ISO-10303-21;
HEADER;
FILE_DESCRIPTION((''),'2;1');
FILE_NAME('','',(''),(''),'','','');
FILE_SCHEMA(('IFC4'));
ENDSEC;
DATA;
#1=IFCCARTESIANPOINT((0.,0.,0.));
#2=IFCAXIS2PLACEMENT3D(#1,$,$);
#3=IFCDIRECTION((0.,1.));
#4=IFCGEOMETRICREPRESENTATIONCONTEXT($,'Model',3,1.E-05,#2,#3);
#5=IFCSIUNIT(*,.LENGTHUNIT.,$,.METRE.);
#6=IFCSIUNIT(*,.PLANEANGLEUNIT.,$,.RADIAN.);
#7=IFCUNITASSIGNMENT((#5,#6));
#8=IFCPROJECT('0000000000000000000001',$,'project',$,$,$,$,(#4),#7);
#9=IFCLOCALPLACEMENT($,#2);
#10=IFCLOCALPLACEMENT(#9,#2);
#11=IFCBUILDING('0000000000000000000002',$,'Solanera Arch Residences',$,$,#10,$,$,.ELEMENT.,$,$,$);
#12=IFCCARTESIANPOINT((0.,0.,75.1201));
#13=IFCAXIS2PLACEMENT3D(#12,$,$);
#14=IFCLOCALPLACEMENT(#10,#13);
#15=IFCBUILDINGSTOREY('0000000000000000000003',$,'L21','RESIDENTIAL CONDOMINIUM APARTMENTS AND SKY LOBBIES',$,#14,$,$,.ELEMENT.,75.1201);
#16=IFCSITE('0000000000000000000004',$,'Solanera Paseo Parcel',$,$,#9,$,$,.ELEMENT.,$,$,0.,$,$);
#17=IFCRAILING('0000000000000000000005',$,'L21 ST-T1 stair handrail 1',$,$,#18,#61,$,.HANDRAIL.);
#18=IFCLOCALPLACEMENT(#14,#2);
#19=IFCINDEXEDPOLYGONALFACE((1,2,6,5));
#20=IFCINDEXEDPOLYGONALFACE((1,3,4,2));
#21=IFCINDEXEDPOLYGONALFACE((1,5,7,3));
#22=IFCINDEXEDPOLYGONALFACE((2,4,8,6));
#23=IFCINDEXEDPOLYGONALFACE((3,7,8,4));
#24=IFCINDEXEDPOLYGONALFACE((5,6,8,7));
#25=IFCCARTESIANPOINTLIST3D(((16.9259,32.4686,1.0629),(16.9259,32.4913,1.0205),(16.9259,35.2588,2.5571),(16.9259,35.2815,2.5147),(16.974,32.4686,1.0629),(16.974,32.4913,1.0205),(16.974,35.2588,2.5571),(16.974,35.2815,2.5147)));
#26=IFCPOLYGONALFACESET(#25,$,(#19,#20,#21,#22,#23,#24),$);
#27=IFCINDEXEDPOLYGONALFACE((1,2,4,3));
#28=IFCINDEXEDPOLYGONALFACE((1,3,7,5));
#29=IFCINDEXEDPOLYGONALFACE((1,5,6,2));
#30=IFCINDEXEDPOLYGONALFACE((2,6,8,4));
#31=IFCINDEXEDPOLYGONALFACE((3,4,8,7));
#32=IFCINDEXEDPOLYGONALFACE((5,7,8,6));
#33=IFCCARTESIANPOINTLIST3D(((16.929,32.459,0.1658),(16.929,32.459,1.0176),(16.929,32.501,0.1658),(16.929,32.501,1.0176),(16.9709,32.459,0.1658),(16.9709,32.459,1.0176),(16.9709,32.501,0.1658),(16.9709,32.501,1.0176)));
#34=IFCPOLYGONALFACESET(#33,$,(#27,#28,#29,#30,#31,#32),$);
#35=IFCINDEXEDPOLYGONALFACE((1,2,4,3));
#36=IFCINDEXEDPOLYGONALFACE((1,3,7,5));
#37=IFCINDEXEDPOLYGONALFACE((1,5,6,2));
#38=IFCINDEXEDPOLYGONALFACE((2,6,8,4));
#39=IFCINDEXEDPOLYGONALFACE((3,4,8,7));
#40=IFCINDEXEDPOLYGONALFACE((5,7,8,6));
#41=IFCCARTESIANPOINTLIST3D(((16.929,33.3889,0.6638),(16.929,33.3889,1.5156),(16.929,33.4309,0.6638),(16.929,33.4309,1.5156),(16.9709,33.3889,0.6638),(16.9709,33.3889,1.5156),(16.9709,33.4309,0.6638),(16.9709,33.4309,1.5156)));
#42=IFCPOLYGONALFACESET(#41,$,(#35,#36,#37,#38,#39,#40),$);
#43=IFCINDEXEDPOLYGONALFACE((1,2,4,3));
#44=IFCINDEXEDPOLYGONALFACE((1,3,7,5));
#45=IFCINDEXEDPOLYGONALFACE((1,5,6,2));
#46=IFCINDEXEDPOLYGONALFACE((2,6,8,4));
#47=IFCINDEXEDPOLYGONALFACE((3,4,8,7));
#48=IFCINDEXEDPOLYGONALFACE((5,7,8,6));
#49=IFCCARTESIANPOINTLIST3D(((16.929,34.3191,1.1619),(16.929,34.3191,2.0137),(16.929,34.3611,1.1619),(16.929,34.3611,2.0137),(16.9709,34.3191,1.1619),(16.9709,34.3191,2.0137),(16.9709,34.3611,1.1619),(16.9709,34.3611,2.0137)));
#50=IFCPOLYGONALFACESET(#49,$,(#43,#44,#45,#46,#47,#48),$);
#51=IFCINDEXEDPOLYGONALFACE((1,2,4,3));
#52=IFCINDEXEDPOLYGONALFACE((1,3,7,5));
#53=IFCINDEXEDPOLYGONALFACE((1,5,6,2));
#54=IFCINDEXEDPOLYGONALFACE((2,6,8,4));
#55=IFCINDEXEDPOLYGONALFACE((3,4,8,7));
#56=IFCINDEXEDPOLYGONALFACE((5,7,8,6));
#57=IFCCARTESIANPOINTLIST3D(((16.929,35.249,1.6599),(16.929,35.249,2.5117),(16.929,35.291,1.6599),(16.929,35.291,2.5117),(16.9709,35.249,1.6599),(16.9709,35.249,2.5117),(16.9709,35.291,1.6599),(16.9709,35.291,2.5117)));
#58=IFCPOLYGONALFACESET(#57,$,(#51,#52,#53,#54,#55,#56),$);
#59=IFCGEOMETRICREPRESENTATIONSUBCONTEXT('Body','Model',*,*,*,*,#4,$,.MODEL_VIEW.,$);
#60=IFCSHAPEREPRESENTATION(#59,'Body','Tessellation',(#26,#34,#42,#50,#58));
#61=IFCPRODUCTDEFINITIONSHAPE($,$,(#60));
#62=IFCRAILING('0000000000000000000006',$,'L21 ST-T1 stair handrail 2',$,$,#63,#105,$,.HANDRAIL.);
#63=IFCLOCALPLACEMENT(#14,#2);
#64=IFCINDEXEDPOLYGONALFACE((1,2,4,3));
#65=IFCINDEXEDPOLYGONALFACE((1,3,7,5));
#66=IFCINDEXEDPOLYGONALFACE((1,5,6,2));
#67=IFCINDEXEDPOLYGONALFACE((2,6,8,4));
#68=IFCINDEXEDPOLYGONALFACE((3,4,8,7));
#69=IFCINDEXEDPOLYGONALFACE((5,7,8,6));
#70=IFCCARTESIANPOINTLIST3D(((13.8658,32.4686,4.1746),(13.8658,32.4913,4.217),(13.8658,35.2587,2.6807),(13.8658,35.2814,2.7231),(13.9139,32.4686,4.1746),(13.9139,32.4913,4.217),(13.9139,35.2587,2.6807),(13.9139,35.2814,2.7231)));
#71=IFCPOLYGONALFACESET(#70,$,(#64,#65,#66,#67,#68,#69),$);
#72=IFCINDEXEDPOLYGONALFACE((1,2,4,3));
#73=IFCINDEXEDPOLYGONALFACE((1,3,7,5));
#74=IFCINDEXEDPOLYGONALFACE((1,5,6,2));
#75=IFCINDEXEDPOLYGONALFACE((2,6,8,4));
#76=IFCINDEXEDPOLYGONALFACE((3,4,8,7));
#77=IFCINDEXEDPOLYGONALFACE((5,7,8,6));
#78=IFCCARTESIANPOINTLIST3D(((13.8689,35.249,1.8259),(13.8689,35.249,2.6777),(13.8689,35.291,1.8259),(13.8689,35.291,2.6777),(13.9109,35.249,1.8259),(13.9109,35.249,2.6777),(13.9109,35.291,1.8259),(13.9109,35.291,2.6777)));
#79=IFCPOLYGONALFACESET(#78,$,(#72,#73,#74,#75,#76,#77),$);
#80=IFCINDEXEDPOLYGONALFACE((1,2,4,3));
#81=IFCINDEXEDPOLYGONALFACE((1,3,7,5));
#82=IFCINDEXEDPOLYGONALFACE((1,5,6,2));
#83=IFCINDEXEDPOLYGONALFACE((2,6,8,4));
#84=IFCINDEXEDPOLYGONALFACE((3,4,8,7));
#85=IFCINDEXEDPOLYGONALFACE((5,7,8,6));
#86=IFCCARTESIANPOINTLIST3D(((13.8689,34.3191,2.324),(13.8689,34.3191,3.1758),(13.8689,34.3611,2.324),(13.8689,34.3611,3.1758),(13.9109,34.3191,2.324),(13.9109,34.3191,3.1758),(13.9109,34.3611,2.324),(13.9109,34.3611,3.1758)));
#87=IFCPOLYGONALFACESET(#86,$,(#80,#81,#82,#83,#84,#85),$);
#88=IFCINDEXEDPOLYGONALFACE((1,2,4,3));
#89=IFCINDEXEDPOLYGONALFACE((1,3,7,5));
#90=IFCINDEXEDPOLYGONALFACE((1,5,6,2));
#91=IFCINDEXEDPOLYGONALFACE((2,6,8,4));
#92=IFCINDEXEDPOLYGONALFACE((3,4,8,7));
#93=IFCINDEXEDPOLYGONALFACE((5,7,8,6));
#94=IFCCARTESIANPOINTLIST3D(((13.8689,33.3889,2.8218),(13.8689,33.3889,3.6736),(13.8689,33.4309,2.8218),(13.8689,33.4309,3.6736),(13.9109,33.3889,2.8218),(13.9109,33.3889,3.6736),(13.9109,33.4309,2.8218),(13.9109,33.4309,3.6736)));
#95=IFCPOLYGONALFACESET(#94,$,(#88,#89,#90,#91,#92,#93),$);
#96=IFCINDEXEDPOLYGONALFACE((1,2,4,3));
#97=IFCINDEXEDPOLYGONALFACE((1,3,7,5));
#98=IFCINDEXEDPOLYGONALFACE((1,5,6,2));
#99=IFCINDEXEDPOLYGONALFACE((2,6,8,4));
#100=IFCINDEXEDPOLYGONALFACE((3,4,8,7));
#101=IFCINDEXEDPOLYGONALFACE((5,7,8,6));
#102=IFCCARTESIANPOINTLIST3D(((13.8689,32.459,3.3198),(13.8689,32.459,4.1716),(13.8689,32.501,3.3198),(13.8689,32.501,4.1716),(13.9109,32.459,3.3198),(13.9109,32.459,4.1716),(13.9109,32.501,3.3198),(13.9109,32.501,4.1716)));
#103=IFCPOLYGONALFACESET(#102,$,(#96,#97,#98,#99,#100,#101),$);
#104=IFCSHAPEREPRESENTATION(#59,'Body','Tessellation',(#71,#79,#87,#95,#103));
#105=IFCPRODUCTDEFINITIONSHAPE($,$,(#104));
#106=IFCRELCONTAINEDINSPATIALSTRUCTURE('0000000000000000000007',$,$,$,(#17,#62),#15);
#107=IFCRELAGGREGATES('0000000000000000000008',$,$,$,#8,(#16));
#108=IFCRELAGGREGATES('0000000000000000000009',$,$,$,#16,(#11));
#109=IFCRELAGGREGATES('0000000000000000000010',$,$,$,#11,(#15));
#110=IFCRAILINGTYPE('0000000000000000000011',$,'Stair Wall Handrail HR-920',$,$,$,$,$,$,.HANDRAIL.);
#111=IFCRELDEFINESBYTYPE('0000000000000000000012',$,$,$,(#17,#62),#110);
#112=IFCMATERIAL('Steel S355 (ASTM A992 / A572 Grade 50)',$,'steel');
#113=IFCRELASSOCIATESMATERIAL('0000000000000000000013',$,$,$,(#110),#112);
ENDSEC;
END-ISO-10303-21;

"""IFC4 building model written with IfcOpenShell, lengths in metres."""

from ifc_helpers import new_model, si_unit, direction, frame, origin, origin_2d, place, context, subcontext, project, spatial, rectangle, extrude, material, type_object, element, save


model = new_model("IFC4")

# Units and contexts
model_context = context("Model", 3, precision=1e-05, world=origin(), true_north=direction((0.0, 1.0)))
body_context = subcontext(model_context, "Body", "Model", "MODEL_VIEW")
ifc_project = project(units=[si_unit("LENGTHUNIT", "METRE"), si_unit("PLANEANGLEUNIT", "RADIAN")], contexts=[model_context])

# Site, building, storey
site_placement = place(None, origin())
site = spatial("IfcSite", under=ifc_project, at=site_placement, Name="Solanera Paseo Parcel", CompositionType="ELEMENT", RefElevation=0.0)
building_placement = place(site_placement, origin())
building = spatial("IfcBuilding", under=site, at=building_placement, Name="Solanera Arch Residences", CompositionType="ELEMENT")
storey_placement = place(building_placement, frame((0.0, 0.0, 75.1201)))
storey = spatial("IfcBuildingStorey", under=building, at=storey_placement, Name="L21", Description="RESIDENTIAL CONDOMINIUM APARTMENTS AND SKY LOBBIES", CompositionType="ELEMENT", Elevation=75.1201)

# Railings
ifc_material_1 = material(Name="Steel S355 (ASTM A992 / A572 Grade 50)", Category="steel")
railing_type_1 = type_object("IfcRailingType", Name="Stair Wall Handrail HR-920", PredefinedType="HANDRAIL", material=ifc_material_1)
railing_1_placement = place(storey_placement, frame((16.95, 32.48, 0.1658)))
element("IfcRailing", 1, at=railing_1_placement, inside=storey, type_object=railing_type_1, Name="L21 ST-T1 stair handrail 1", PredefinedType="HANDRAIL", context=body_context, shape_type="SweptSolid", body=[
    extrude(rectangle(XDim=0.0481, YDim=0.0481, at=origin_2d()), frame((0.0, 0.0, 0.876), z_axis=(0.0, 0.881549, 0.472093), x_axis=(-1.0, 0.0, 0.0)), (0.0, 0.0, 1.0), 3.165),
    extrude(rectangle(XDim=0.042, YDim=0.042, at=origin_2d()), origin(), (0.0, 0.0, 1.0), 0.8518),
    extrude(rectangle(XDim=0.042, YDim=0.042, at=origin_2d()), frame((0.0, 0.9299, 0.498)), (0.0, 0.0, 1.0), 0.8518),
    extrude(rectangle(XDim=0.042, YDim=0.042, at=origin_2d()), frame((0.0, 1.8601, 0.9961)), (0.0, 0.0, 1.0), 0.8518),
    extrude(rectangle(XDim=0.042, YDim=0.042, at=origin_2d()), frame((0.0, 2.79, 1.4941)), (0.0, 0.0, 1.0), 0.8518),
])
railing_2_placement = place(storey_placement, frame((13.8899, 35.27, 1.8259)))
element("IfcRailing", 2, at=railing_2_placement, inside=storey, type_object=railing_type_1, Name="L21 ST-T1 stair handrail 2", PredefinedType="HANDRAIL", context=body_context, shape_type="SweptSolid", body=[
    extrude(rectangle(XDim=0.0481, YDim=0.0481, at=origin_2d()), frame((0.0, 0.0, 0.876), z_axis=(0.0, -0.881581, 0.472033), x_axis=(1.0, 0.0, 0.0)), (0.0, 0.0, 1.0), 3.1648),
    extrude(rectangle(XDim=0.042, YDim=0.042, at=origin_2d()), origin(), (0.0, 0.0, 1.0), 0.8518),
    extrude(rectangle(XDim=0.042, YDim=0.042, at=origin_2d()), frame((0.0, -0.9299, 0.498)), (0.0, 0.0, 1.0), 0.8518),
    extrude(rectangle(XDim=0.042, YDim=0.042, at=origin_2d()), frame((0.0, -1.8601, 0.9958)), (0.0, 0.0, 1.0), 0.8518),
    extrude(rectangle(XDim=0.042, YDim=0.042, at=origin_2d()), frame((0.0, -2.79, 1.4939)), (0.0, 0.0, 1.0), 0.8518),
])

save(model, "model.ifc")
